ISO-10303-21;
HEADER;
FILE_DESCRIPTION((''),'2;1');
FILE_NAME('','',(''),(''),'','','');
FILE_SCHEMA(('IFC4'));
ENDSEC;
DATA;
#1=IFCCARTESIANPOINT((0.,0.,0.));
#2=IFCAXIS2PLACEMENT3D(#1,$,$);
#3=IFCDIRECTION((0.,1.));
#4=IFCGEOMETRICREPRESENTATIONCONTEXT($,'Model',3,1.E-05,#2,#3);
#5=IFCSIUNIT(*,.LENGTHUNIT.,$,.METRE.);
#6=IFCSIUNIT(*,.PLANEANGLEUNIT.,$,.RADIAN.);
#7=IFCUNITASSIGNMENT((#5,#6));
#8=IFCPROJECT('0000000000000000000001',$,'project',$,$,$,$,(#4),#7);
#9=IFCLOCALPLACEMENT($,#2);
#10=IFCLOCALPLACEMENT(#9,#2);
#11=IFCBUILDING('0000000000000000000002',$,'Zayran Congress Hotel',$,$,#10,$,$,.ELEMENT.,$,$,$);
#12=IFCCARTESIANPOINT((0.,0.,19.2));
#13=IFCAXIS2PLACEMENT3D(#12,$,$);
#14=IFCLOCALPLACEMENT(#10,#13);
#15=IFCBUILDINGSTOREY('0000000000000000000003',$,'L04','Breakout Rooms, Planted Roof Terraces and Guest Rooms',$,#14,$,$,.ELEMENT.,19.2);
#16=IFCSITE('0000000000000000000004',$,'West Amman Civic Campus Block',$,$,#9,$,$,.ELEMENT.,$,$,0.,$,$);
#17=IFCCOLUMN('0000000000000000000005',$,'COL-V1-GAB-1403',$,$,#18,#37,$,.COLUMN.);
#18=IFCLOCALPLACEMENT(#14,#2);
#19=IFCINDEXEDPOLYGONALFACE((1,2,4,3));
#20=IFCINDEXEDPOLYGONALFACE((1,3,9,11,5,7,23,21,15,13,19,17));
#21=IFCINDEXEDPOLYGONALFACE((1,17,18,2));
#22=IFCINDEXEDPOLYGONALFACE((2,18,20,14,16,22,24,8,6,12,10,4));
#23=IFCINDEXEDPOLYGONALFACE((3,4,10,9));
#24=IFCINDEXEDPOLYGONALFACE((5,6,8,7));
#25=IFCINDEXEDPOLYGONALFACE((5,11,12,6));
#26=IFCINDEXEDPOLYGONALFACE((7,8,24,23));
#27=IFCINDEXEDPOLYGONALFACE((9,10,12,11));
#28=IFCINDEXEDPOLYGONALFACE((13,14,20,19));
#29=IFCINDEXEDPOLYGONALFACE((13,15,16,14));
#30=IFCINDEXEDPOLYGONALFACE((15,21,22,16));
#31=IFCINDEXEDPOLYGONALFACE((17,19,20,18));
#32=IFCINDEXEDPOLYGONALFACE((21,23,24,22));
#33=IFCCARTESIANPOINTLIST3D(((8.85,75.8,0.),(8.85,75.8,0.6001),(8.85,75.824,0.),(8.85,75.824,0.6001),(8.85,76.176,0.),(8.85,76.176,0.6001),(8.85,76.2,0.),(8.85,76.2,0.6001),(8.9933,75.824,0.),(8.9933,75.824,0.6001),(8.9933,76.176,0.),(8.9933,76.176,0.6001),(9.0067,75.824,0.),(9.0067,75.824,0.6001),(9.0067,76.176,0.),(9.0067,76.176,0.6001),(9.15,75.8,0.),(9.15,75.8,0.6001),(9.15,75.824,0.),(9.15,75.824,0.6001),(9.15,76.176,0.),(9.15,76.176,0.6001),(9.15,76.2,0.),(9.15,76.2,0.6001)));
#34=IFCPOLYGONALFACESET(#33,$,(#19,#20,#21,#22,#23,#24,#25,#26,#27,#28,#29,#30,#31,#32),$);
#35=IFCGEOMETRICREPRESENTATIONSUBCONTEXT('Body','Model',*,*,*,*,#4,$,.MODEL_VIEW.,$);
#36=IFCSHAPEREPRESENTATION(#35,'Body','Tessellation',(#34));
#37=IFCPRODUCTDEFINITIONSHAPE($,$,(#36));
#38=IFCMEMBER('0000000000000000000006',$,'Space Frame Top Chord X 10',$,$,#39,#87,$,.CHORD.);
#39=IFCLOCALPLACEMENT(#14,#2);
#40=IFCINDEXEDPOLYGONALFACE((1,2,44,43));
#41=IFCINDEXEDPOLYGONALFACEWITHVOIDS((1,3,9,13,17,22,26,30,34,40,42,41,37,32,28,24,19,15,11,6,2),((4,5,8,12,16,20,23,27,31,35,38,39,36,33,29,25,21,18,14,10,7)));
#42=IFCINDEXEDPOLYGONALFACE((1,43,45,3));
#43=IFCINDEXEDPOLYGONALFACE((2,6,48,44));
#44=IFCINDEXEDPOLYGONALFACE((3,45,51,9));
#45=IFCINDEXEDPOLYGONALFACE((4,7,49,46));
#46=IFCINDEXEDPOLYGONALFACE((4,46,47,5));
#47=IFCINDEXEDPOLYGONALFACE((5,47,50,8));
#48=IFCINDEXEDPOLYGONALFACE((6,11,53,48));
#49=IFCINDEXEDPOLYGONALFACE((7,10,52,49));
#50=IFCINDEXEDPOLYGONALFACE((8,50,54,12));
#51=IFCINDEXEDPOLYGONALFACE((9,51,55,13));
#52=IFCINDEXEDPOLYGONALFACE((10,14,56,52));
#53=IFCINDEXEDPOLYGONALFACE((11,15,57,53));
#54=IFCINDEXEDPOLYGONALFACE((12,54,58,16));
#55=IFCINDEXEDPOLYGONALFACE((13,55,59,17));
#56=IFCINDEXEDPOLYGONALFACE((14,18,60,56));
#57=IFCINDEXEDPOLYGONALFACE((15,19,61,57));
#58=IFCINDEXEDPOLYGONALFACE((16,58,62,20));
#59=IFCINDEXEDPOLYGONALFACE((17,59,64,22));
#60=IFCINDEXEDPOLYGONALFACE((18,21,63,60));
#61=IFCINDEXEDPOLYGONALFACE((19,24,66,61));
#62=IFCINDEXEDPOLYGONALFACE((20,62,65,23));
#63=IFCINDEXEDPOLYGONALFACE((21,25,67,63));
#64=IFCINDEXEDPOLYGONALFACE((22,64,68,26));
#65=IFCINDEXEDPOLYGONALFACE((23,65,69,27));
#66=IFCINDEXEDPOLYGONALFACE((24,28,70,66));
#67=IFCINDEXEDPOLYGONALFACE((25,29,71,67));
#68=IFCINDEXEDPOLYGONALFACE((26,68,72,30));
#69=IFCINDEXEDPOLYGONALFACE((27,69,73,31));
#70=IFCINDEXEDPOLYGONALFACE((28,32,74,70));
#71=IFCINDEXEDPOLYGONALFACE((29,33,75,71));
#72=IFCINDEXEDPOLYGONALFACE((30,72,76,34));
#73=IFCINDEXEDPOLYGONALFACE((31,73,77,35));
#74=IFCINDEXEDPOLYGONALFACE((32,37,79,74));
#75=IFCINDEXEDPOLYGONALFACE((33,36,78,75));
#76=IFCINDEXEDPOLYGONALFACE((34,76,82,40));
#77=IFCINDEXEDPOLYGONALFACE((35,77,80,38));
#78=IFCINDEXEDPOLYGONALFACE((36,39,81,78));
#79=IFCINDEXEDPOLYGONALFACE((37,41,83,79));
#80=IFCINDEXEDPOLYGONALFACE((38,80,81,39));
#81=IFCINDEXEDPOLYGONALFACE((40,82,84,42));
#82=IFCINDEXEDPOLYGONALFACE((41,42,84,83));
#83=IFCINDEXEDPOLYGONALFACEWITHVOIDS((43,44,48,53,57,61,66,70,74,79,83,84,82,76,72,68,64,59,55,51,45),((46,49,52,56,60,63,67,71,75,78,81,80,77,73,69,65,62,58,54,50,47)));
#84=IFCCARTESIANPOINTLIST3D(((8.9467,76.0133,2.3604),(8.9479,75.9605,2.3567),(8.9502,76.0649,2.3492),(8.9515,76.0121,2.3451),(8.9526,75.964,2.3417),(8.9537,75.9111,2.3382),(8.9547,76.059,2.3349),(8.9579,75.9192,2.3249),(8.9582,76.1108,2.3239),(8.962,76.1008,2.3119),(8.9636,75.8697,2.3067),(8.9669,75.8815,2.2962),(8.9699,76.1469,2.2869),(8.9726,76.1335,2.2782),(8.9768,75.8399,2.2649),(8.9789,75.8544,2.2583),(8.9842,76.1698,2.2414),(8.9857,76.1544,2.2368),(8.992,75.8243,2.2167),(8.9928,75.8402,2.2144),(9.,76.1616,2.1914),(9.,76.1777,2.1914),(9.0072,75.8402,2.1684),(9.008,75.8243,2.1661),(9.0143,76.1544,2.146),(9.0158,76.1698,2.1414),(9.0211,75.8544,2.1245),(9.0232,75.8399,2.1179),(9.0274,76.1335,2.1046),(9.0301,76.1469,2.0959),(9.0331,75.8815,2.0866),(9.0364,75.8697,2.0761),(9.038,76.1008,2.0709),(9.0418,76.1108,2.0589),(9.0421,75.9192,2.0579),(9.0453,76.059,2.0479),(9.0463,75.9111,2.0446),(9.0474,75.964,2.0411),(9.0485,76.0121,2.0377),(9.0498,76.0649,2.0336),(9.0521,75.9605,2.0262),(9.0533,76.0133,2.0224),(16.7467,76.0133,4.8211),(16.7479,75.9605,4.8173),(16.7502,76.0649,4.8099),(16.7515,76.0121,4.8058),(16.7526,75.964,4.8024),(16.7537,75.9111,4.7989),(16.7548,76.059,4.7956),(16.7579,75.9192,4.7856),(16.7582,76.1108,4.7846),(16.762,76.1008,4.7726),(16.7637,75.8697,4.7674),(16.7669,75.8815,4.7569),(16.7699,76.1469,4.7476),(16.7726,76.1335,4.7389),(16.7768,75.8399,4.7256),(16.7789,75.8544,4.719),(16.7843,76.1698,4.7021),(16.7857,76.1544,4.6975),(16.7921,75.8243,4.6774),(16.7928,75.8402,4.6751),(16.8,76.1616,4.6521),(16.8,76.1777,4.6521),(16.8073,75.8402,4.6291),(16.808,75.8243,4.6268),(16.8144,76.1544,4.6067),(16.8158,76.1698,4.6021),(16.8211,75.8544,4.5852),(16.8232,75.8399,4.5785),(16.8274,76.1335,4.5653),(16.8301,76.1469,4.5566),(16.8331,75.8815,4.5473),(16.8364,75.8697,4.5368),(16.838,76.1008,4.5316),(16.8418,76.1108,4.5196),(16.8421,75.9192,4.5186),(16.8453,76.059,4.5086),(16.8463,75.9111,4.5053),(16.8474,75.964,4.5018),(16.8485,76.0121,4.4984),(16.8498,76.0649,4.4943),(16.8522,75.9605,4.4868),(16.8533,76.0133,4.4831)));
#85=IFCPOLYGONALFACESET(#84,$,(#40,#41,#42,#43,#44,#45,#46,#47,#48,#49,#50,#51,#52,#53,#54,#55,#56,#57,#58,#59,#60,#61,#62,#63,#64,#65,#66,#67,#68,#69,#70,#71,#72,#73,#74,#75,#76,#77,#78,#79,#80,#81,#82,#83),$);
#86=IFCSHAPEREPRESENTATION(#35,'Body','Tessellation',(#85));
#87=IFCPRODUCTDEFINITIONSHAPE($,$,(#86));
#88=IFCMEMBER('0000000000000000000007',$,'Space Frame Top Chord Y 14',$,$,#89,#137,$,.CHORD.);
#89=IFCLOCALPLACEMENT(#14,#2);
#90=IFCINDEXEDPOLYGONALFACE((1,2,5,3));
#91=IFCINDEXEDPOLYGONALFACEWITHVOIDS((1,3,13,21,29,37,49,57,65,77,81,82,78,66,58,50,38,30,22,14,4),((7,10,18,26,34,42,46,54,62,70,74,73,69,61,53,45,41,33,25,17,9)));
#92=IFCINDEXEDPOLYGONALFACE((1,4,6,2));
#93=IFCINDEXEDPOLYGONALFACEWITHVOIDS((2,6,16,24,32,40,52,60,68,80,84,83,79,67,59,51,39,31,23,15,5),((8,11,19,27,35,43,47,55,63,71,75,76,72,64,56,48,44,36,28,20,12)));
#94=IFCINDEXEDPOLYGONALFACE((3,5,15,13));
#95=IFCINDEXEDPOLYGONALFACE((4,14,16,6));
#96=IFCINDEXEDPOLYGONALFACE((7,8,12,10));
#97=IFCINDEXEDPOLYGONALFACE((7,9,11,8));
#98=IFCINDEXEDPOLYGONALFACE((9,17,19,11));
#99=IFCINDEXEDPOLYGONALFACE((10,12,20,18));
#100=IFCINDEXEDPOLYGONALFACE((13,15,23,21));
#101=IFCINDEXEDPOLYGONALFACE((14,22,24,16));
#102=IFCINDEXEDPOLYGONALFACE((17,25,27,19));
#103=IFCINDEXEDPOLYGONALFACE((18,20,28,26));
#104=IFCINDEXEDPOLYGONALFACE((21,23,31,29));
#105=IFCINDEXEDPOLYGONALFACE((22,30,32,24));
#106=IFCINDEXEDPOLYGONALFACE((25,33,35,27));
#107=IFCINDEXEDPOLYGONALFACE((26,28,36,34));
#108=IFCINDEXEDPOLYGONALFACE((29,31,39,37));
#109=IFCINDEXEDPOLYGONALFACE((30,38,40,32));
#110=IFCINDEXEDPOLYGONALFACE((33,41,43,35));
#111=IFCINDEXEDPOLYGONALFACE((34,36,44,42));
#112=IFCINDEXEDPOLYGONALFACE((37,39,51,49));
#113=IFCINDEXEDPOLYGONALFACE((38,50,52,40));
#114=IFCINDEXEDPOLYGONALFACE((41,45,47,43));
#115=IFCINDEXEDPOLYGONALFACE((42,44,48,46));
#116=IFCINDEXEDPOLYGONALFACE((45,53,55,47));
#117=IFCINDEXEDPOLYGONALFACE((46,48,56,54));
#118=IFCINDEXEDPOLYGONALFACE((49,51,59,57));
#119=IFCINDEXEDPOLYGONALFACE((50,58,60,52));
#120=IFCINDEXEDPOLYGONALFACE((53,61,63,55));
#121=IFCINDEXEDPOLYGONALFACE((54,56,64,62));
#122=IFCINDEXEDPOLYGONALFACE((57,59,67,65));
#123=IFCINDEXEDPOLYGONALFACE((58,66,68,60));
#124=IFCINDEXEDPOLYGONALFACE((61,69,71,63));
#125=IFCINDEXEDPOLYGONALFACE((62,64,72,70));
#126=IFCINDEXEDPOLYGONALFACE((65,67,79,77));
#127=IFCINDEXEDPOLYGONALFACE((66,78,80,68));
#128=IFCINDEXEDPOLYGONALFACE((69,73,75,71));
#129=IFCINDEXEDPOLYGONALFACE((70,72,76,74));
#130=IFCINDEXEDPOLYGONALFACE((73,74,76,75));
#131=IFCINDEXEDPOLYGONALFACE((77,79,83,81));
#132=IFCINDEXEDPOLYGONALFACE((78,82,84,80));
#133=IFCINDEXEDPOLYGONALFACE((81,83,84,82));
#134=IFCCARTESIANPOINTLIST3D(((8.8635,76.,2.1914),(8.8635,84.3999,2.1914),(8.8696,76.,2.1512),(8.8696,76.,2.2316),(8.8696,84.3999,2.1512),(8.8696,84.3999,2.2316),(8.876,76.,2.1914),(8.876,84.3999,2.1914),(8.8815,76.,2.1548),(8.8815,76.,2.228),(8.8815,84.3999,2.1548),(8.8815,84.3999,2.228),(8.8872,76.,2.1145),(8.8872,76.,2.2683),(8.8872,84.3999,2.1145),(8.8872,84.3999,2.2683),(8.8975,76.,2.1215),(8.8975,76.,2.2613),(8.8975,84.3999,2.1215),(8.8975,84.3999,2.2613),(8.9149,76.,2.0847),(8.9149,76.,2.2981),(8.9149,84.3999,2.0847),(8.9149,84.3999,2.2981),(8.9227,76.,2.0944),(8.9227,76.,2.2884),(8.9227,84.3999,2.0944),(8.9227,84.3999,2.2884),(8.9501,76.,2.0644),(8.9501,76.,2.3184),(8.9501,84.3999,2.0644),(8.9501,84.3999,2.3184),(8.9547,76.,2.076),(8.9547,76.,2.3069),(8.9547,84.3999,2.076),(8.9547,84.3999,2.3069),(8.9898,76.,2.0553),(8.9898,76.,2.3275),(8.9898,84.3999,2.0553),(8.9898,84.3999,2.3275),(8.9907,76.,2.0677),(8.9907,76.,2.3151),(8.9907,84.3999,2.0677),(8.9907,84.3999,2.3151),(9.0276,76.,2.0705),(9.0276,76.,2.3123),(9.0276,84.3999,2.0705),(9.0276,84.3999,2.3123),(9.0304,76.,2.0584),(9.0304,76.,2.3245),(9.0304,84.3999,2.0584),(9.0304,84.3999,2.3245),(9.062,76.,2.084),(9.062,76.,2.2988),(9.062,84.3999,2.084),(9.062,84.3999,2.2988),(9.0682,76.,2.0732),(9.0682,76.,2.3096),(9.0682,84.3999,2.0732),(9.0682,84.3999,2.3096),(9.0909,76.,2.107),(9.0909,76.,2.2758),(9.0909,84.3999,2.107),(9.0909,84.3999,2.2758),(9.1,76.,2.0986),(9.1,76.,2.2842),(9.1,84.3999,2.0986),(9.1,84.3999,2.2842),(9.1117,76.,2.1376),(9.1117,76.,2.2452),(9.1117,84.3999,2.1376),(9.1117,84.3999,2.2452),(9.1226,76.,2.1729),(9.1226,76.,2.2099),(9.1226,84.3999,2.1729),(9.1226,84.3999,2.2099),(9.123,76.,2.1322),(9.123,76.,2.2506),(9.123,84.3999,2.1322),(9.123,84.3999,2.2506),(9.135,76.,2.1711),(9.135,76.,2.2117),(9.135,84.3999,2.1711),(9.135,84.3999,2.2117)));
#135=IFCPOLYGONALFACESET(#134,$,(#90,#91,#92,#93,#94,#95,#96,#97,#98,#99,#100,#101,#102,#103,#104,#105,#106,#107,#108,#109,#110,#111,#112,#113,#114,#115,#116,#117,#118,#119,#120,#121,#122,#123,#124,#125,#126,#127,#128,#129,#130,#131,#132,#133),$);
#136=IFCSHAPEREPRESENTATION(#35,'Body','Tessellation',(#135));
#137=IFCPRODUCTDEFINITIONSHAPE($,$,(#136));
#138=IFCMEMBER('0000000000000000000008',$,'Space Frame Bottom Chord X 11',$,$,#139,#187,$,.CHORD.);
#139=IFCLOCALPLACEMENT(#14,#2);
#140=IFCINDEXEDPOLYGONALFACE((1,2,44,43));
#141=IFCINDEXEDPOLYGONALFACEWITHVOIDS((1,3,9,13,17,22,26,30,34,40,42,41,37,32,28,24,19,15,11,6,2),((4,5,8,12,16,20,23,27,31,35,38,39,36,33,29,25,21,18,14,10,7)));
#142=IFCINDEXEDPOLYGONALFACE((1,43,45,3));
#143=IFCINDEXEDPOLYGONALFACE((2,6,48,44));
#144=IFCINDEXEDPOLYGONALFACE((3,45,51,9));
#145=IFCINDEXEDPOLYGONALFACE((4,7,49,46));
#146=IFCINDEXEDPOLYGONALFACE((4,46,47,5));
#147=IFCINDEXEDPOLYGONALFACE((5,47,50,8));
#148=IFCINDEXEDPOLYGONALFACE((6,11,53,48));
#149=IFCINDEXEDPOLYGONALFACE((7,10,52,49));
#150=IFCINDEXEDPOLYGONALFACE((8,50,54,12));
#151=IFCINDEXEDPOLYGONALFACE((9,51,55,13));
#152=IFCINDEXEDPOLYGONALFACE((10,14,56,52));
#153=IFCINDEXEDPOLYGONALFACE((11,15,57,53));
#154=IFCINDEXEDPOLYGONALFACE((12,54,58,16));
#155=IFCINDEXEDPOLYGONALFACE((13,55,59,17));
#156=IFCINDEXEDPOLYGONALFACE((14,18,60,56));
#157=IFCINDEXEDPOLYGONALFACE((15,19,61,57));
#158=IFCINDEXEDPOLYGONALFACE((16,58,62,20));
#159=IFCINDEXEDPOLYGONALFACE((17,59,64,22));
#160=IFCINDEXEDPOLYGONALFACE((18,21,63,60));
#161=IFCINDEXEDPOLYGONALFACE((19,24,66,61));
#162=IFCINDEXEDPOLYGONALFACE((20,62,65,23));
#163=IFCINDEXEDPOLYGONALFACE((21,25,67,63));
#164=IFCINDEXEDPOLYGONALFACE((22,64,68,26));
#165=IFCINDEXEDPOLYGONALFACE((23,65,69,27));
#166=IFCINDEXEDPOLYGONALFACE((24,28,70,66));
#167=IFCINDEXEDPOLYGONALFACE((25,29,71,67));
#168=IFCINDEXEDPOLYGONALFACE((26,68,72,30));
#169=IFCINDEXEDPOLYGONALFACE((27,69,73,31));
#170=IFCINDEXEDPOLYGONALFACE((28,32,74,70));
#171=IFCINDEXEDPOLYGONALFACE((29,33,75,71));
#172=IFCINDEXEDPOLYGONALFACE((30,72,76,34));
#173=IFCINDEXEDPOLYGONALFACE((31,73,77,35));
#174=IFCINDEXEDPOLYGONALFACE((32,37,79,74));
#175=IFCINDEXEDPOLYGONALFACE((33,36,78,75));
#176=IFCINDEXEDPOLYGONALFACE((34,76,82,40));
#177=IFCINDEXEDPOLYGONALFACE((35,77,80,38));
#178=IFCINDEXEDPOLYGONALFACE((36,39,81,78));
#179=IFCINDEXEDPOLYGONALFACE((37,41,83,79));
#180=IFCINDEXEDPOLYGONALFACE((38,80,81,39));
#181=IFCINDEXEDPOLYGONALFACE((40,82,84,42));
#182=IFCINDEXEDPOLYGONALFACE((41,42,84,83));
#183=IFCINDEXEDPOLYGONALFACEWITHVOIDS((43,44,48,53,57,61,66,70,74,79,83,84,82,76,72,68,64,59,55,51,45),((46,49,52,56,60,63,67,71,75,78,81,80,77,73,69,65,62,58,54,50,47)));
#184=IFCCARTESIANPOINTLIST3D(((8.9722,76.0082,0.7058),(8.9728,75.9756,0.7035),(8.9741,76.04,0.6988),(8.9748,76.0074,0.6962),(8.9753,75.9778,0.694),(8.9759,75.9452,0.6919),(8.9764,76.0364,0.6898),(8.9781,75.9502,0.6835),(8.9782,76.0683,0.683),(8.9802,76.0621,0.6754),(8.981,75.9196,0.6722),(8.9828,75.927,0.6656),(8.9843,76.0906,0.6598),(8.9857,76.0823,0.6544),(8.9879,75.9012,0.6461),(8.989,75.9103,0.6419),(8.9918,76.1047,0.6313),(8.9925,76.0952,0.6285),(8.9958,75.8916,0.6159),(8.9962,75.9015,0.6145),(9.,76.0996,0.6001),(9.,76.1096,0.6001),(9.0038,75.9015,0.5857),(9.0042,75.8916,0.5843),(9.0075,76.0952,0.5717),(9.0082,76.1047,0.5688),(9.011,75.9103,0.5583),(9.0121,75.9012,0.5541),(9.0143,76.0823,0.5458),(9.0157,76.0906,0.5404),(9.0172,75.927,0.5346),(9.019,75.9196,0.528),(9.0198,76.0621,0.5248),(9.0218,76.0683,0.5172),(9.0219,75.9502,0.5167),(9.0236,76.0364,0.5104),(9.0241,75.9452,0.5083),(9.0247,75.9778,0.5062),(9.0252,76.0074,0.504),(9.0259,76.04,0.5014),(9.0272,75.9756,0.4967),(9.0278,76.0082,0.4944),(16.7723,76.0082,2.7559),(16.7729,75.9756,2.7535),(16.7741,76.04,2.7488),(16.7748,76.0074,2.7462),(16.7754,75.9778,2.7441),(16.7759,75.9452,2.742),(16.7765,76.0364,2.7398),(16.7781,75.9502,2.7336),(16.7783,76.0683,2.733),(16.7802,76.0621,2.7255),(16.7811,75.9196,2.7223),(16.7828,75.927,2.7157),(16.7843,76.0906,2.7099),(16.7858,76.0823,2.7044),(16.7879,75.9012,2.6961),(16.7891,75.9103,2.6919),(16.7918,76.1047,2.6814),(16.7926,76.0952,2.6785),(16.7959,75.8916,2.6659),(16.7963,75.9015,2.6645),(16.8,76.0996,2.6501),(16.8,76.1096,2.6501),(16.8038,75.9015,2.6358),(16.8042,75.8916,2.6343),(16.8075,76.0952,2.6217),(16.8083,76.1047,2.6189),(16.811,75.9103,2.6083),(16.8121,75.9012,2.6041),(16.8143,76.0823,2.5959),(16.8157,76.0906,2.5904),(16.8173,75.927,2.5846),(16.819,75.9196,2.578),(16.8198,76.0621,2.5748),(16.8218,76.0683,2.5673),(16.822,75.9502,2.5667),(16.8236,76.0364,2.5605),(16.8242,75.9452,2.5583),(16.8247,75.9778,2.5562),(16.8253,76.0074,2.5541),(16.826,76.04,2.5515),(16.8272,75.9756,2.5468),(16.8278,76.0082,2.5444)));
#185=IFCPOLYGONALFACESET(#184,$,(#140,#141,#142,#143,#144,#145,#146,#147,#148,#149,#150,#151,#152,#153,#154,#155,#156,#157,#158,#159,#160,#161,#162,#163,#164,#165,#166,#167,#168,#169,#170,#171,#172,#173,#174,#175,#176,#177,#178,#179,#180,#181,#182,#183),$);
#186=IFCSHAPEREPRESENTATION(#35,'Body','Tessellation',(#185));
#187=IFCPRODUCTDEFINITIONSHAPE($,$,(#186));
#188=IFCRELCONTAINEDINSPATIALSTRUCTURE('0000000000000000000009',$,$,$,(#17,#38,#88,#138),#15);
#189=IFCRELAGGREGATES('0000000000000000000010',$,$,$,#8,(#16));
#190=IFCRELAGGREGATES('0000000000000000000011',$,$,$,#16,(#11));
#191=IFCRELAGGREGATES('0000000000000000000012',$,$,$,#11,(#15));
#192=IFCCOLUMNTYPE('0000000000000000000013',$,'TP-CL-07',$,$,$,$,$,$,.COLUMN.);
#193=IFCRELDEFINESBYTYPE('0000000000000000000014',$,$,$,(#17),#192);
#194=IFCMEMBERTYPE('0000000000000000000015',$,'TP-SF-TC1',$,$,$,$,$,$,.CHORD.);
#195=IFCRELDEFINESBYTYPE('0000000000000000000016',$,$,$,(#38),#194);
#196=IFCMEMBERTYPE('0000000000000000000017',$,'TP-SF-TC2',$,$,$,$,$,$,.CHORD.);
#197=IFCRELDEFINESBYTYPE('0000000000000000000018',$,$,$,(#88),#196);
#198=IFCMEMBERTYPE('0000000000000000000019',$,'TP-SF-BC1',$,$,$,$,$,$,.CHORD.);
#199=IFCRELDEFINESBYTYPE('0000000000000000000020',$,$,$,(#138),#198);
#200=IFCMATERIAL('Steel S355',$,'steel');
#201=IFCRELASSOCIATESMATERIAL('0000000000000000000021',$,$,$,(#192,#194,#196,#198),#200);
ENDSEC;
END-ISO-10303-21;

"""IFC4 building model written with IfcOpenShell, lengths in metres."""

from ifc_helpers import new_model, si_unit, direction, frame, origin, origin_2d, place, context, subcontext, project, spatial, hollow_circle, i_section, extrude, material, material_profile, profile_set, type_object, element, save


model = new_model("IFC4")

# Units and contexts
model_context = context("Model", 3, precision=1e-05, world=origin(), true_north=direction((0.0, 1.0)))
body_context = subcontext(model_context, "Body", "Model", "MODEL_VIEW")
ifc_project = project(units=[si_unit("LENGTHUNIT", "METRE"), si_unit("PLANEANGLEUNIT", "RADIAN")], contexts=[model_context])

# Site, building, storey
site_placement = place(None, origin())
site = spatial("IfcSite", under=ifc_project, at=site_placement, Name="West Amman Civic Campus Block", CompositionType="ELEMENT", RefElevation=0.0)
building_placement = place(site_placement, origin())
building = spatial("IfcBuilding", under=site, at=building_placement, Name="Zayran Congress Hotel", CompositionType="ELEMENT")
storey_placement = place(building_placement, frame((0.0, 0.0, 19.2)))
storey = spatial("IfcBuildingStorey", under=building, at=storey_placement, Name="L04", Description="Breakout Rooms, Planted Roof Terraces and Guest Rooms", CompositionType="ELEMENT", Elevation=19.2)

# Column
ifc_material_1 = material(Name="Steel S355", Category="steel")
ifc_material_profile_1 = material_profile(ifc_material_1, i_section(OverallWidth=0.3, OverallDepth=0.3999, WebThickness=0.0134, FlangeThickness=0.0239, at=origin_2d()), Name="HEB 400")
ifc_profile_set_1 = profile_set([ifc_material_profile_1], Name="Steel S355")
column_type = type_object("IfcColumnType", Name="TP-CL-07", PredefinedType="COLUMN", material=ifc_profile_set_1)
column_placement = place(storey_placement, frame((9.0, 76.0, 0.0), z_axis=(0.0, 0.0, 1.0), x_axis=(1.0, 0.0, 0.0)))
element("IfcColumn", 1, at=column_placement, inside=storey, type_object=column_type, Name="COL-V1-GAB-1403", PredefinedType="COLUMN", context=body_context, shape_type="SweptSolid", body=[
    extrude(i_section(OverallWidth=0.3, OverallDepth=0.3999, WebThickness=0.0134, FlangeThickness=0.0239, at=origin_2d()), origin(), (0.0, 0.0, 1.0), 0.6001),
])

# Members
ifc_material_profile_2 = material_profile(ifc_material_1, hollow_circle(Radius=0.1777, WallThickness=0.0161, at=origin_2d()), Name="CHS 355.6x16")
ifc_profile_set_2 = profile_set([ifc_material_profile_2], Name="Steel S355")
member_type_1 = type_object("IfcMemberType", Name="TP-SF-TC1", PredefinedType="CHORD", material=ifc_profile_set_2)
member_1_placement = place(storey_placement, frame((9.0, 76.0, 2.1914), z_axis=(0.95367, 0.0, 0.300856), x_axis=(0.0, 1.0, 0.0)))
element("IfcMember", 2, at=member_1_placement, inside=storey, type_object=member_type_1, Name="Space Frame Top Chord X 10", PredefinedType="CHORD", context=body_context, shape_type="SweptSolid", body=[
    extrude(hollow_circle(Radius=0.1777, WallThickness=0.0161, at=origin_2d()), origin(), (0.0, 0.0, 1.0), 8.179),
])
ifc_material_profile_3 = material_profile(ifc_material_1, hollow_circle(Radius=0.1365, WallThickness=0.0125, at=origin_2d()), Name="CHS 273x12.5")
ifc_profile_set_3 = profile_set([ifc_material_profile_3], Name="Steel S355")
member_type_2 = type_object("IfcMemberType", Name="TP-SF-TC2", PredefinedType="CHORD", material=ifc_profile_set_3)
member_2_placement = place(storey_placement, frame((9.0, 76.0, 2.1914), z_axis=(0.0, 1.0, 0.0), x_axis=(-1.0, 0.0, 0.0)))
element("IfcMember", 3, at=member_2_placement, inside=storey, type_object=member_type_2, Name="Space Frame Top Chord Y 14", PredefinedType="CHORD", context=body_context, shape_type="SweptSolid", body=[
    extrude(hollow_circle(Radius=0.1365, WallThickness=0.0125, at=origin_2d()), origin(), (0.0, 0.0, 1.0), 8.3999),
])
ifc_material_profile_4 = material_profile(ifc_material_1, hollow_circle(Radius=0.1096, WallThickness=0.01, at=origin_2d()), Name="CHS 219.1x10")
ifc_profile_set_4 = profile_set([ifc_material_profile_4], Name="Steel S355")
member_type_3 = type_object("IfcMemberType", Name="TP-SF-BC1", PredefinedType="CHORD", material=ifc_profile_set_4)
member_3_placement = place(storey_placement, frame((9.0, 76.0, 0.6001), z_axis=(0.967154, 0.0, 0.254192), x_axis=(0.0, 1.0, 0.0)))
element("IfcMember", 4, at=member_3_placement, inside=storey, type_object=member_type_3, Name="Space Frame Bottom Chord X 11", PredefinedType="CHORD", context=body_context, shape_type="SweptSolid", body=[
    extrude(hollow_circle(Radius=0.1096, WallThickness=0.01, at=origin_2d()), origin(), (0.0, 0.0, 1.0), 8.0649),
])

save(model, "model.ifc")
